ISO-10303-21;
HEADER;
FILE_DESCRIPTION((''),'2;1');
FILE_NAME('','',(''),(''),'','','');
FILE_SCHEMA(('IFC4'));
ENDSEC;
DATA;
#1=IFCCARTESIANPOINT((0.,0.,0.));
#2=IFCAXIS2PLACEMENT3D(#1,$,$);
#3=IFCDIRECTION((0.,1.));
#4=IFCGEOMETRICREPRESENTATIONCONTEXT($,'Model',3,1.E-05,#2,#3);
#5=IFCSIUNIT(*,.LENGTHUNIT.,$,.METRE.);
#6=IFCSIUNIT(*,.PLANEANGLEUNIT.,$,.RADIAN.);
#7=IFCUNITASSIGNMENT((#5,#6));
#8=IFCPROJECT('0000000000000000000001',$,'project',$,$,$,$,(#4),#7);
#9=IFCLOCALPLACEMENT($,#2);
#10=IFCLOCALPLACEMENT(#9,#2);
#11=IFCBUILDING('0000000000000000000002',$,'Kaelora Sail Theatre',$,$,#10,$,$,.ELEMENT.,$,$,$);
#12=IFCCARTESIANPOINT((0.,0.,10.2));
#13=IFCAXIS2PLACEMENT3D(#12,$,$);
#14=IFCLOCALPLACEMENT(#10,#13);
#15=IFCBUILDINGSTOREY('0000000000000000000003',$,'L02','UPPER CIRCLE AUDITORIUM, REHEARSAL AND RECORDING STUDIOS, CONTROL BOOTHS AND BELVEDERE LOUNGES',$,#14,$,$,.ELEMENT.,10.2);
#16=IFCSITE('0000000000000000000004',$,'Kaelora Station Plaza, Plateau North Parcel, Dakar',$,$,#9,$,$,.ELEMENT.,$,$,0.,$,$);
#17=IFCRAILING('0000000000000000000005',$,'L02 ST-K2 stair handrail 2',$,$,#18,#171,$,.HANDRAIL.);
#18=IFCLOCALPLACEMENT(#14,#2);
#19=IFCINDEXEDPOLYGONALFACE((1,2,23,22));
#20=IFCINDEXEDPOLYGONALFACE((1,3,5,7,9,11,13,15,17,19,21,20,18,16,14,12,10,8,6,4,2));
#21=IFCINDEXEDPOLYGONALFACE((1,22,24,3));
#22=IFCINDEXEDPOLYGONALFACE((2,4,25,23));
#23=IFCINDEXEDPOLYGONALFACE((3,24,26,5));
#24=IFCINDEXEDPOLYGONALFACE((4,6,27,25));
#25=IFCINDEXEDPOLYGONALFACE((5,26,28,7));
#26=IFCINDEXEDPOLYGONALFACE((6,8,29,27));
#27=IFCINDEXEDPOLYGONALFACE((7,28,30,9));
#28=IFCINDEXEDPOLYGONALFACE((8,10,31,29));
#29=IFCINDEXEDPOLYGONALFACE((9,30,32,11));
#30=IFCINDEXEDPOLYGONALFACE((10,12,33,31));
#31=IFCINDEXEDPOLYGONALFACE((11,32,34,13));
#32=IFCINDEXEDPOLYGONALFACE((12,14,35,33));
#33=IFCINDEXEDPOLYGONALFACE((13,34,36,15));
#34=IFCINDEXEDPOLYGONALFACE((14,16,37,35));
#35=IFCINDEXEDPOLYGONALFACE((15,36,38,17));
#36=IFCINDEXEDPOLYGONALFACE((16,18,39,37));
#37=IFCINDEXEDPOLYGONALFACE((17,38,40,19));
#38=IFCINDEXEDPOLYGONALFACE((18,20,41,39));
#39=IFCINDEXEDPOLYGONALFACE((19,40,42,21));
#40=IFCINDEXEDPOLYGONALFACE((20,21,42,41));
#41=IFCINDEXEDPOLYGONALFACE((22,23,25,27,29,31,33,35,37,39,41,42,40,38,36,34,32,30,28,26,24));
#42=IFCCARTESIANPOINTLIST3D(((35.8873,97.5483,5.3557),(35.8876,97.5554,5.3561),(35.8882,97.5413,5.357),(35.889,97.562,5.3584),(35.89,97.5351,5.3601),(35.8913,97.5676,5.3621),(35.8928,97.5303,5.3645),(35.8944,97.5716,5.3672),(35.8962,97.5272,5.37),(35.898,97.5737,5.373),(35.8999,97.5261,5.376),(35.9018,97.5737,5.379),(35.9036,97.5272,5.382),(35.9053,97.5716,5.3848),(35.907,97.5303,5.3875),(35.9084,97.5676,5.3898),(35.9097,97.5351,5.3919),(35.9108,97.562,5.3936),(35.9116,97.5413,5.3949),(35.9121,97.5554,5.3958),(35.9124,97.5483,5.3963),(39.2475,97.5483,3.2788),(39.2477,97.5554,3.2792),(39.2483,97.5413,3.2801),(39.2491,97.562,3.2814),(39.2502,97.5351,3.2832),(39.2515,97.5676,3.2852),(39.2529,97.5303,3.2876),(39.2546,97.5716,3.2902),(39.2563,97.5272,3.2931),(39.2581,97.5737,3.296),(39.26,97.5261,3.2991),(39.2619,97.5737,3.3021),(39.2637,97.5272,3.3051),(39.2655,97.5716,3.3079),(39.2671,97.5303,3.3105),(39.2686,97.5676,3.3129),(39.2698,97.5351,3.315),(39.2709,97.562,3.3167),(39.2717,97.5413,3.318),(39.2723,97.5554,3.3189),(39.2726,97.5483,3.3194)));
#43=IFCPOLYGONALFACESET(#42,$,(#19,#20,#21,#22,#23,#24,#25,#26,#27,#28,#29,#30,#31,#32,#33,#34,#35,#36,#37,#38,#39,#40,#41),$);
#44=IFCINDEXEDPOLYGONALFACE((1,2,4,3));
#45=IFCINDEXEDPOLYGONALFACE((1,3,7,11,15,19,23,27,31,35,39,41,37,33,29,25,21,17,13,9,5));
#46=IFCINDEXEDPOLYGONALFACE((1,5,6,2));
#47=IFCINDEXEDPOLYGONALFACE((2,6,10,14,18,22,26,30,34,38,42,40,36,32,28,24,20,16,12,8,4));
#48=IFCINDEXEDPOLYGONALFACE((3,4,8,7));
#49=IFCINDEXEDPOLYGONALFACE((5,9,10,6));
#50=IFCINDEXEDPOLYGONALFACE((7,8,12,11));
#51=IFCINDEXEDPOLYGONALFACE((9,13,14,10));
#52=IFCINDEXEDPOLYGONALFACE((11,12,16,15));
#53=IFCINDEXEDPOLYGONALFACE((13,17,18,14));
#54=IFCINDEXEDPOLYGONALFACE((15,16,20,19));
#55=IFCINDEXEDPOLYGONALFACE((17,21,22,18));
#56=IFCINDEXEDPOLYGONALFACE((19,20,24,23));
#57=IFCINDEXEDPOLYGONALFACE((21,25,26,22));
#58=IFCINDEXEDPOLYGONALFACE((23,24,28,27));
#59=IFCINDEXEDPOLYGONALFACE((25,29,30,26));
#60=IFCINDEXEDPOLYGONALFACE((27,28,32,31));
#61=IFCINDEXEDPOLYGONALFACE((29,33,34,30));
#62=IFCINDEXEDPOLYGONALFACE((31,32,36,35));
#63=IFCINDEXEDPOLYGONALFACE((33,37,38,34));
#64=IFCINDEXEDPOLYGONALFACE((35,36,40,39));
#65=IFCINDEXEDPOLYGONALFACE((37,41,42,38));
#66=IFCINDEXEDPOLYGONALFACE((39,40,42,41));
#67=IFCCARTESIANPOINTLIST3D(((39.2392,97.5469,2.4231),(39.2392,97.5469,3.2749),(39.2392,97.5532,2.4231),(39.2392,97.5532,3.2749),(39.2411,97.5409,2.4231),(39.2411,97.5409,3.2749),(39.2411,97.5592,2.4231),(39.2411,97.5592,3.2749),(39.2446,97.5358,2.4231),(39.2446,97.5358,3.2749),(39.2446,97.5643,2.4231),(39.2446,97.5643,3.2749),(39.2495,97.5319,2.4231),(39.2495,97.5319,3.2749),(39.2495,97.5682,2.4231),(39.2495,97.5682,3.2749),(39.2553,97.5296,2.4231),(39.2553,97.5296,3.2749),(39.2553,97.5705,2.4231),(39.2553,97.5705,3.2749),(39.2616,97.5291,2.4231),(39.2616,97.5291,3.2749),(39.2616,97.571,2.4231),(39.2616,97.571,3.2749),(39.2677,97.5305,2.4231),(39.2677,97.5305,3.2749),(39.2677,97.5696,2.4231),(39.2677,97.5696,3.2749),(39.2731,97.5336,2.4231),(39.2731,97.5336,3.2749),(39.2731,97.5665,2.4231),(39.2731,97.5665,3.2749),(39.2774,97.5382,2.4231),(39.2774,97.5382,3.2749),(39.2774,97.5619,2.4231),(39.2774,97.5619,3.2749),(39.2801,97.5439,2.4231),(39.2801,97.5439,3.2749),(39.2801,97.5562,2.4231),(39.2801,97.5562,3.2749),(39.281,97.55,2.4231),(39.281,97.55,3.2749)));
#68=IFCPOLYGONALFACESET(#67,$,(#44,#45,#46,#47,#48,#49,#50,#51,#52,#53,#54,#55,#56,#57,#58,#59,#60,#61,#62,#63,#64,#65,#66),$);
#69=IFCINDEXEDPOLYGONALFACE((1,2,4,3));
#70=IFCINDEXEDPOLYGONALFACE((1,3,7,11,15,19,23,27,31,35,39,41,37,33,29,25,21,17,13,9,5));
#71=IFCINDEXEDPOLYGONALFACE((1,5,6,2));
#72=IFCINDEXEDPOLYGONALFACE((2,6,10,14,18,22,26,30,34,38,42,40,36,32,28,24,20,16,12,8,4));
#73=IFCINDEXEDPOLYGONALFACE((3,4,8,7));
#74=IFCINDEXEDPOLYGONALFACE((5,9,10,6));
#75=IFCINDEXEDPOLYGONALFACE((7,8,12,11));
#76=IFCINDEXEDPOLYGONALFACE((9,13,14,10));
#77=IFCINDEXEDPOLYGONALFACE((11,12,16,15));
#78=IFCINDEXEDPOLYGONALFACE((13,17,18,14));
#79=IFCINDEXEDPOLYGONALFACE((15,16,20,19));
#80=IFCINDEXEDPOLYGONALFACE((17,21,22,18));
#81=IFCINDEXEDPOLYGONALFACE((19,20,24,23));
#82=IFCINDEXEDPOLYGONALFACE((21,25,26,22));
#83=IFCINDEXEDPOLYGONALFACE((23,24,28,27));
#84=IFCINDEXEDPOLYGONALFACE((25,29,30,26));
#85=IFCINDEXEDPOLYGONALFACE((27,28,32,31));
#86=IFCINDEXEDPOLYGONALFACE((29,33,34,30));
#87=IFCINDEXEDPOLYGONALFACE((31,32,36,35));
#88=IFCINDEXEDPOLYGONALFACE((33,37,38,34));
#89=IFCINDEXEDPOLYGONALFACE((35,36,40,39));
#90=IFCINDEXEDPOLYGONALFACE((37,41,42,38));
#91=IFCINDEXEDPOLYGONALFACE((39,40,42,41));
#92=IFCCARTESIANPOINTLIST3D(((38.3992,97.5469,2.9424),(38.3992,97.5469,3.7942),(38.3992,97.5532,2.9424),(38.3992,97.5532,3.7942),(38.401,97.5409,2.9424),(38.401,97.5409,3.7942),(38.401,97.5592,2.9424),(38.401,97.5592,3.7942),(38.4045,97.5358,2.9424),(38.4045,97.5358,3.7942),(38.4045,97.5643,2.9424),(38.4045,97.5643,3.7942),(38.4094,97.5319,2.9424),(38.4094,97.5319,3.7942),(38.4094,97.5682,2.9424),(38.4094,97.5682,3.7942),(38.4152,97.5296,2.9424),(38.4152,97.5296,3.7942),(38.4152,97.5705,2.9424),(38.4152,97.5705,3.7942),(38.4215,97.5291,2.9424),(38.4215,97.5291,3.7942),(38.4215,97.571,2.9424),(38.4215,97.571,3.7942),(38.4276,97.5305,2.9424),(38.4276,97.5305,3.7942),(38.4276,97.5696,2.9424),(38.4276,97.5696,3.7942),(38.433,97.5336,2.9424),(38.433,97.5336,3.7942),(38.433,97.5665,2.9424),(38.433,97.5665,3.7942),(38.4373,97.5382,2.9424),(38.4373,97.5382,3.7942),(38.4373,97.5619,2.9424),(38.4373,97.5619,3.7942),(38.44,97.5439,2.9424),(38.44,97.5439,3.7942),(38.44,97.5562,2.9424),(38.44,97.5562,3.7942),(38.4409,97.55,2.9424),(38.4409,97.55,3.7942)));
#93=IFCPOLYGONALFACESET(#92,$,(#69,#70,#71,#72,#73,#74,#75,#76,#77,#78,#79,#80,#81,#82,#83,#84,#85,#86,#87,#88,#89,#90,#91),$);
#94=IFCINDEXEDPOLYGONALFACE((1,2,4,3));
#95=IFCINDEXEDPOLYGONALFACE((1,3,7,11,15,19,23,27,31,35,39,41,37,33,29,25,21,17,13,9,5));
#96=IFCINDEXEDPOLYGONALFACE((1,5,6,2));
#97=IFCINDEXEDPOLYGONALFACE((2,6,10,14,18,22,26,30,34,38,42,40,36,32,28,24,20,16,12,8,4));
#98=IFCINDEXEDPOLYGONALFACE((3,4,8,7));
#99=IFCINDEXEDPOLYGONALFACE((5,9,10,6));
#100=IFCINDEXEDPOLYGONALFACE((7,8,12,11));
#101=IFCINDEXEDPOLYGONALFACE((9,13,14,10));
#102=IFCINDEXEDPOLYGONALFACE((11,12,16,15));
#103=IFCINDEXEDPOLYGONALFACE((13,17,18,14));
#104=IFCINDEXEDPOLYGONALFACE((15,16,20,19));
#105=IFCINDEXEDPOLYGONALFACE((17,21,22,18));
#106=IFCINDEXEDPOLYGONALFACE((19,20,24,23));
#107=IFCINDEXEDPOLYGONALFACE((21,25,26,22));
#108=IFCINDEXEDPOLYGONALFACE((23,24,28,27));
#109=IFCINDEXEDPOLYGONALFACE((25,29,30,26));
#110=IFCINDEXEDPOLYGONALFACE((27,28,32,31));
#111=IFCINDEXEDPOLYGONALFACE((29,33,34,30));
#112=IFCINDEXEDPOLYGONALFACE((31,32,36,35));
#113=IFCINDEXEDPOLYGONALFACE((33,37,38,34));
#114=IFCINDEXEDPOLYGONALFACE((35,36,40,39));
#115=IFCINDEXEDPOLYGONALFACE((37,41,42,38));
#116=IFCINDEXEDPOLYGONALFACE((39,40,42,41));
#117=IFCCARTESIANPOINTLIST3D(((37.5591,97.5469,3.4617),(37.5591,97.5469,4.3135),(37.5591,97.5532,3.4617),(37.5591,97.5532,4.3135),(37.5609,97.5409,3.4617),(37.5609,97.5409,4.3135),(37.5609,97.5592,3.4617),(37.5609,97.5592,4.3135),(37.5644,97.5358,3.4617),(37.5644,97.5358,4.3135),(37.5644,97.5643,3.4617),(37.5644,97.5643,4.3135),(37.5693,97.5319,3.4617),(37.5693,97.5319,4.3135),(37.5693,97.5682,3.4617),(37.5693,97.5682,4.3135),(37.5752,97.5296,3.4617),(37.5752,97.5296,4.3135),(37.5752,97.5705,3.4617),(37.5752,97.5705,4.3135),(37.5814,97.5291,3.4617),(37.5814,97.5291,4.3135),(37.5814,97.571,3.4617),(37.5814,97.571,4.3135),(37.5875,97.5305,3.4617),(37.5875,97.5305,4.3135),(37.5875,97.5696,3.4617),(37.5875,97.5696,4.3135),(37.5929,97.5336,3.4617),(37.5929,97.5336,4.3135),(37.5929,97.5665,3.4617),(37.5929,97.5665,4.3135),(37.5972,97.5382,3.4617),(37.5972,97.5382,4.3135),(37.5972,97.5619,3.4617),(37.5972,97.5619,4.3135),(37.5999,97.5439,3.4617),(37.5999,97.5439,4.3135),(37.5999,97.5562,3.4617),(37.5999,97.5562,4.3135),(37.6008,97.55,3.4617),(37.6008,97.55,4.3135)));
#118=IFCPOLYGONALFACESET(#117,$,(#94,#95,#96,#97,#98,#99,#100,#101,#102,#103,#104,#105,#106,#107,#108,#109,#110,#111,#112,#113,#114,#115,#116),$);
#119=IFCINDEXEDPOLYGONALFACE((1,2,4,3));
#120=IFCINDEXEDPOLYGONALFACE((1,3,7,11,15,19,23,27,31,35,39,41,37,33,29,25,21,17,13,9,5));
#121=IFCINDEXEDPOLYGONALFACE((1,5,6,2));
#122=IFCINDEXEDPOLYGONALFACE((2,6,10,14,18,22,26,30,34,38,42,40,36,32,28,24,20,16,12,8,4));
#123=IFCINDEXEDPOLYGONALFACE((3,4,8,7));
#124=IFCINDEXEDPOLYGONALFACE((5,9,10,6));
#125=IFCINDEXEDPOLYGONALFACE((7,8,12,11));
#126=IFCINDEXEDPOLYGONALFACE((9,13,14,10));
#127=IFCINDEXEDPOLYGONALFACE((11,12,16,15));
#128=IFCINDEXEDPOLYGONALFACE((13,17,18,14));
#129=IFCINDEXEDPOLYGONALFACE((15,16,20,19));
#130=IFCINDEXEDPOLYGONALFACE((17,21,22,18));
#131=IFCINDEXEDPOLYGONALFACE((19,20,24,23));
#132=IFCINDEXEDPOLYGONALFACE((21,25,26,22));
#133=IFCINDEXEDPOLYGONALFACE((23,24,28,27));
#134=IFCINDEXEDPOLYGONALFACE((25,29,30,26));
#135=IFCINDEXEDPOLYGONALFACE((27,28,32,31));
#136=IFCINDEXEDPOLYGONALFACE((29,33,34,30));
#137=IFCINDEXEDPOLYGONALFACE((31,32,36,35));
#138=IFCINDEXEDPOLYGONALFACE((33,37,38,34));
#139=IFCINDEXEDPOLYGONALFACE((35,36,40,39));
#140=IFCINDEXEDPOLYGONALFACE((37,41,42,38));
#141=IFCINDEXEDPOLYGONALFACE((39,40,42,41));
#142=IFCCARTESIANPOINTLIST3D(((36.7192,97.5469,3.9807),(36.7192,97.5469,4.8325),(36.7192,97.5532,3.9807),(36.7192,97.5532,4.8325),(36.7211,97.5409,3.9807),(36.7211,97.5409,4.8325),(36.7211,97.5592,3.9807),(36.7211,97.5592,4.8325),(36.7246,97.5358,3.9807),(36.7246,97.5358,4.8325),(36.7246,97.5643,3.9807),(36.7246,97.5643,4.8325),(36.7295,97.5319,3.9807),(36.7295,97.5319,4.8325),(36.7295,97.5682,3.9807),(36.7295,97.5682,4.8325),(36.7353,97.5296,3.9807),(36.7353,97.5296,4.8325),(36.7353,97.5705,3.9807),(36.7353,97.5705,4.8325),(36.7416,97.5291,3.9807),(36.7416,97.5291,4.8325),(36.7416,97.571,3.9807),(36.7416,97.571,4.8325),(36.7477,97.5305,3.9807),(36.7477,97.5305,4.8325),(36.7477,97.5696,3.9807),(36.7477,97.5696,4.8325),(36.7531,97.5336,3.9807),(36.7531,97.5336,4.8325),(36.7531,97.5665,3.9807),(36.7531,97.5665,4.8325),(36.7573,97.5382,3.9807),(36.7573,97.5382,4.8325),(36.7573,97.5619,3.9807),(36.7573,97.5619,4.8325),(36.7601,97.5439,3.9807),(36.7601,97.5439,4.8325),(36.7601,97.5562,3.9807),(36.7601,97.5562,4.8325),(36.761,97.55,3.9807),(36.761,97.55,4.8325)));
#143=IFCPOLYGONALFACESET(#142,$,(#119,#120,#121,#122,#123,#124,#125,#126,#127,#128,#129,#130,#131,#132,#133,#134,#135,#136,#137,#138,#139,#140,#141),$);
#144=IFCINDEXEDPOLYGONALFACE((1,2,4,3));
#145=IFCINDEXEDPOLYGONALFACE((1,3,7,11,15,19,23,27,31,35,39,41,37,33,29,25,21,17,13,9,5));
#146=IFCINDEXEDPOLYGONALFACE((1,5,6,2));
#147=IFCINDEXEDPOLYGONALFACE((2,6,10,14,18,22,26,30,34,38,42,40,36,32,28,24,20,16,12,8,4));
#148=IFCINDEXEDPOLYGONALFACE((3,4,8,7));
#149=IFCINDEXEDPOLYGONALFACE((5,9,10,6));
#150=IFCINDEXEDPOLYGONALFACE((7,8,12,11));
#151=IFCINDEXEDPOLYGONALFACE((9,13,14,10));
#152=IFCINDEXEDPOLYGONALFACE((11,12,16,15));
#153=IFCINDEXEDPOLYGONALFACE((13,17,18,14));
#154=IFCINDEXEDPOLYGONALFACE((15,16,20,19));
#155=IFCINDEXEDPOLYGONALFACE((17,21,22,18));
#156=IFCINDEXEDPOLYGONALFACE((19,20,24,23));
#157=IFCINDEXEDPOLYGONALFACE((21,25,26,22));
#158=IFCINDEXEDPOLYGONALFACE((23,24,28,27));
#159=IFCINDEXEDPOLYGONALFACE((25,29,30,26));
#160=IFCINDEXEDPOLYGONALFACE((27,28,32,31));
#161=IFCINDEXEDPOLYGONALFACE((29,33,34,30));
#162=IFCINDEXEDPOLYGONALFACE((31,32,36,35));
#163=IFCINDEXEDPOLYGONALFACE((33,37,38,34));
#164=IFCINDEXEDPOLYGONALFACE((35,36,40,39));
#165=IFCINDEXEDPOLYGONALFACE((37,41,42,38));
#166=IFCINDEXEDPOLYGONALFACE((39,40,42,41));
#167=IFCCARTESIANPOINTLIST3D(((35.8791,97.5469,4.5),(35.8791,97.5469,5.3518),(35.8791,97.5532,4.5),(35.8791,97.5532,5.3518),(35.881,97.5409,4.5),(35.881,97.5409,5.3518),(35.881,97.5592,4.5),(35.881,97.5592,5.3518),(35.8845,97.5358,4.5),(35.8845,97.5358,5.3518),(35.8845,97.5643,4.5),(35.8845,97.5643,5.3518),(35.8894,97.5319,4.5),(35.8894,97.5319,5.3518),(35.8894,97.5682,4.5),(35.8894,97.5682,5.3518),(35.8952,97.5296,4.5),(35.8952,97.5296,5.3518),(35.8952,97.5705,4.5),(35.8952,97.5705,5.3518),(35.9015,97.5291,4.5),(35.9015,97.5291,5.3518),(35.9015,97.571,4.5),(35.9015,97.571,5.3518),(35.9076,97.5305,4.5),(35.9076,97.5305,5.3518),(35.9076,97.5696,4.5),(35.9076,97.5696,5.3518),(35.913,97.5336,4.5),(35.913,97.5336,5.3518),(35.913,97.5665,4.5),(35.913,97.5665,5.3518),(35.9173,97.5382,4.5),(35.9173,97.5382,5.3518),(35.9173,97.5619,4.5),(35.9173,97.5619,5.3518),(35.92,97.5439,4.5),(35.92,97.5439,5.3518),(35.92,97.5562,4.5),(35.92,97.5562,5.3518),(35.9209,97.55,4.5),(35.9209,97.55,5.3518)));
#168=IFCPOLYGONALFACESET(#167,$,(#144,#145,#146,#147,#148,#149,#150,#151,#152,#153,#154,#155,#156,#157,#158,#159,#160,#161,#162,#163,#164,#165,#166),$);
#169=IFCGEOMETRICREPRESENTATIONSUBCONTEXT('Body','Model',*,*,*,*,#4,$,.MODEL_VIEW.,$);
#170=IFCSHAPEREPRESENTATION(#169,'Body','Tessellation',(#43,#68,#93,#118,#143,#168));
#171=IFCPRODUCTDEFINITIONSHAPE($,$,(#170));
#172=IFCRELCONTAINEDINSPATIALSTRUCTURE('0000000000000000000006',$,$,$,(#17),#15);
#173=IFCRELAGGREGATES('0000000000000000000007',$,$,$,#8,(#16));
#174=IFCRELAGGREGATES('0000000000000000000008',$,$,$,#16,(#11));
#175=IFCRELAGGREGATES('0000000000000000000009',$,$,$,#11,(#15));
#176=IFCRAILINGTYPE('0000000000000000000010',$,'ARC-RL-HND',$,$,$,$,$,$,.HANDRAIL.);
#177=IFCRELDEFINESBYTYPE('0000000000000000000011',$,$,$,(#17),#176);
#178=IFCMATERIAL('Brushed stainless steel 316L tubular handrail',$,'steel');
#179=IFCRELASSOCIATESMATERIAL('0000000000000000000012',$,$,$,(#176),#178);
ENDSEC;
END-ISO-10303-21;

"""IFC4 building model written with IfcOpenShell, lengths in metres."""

from ifc_helpers import new_model, si_unit, direction, frame, origin, origin_2d, place, context, subcontext, project, spatial, circle, extrude, material, type_object, element, save


model = new_model("IFC4")

# Units and contexts
model_context = context("Model", 3, precision=1e-05, world=origin(), true_north=direction((0.0, 1.0)))
body_context = subcontext(model_context, "Body", "Model", "MODEL_VIEW")
ifc_project = project(units=[si_unit("LENGTHUNIT", "METRE"), si_unit("PLANEANGLEUNIT", "RADIAN")], contexts=[model_context])

# Site, building, storey
site_placement = place(None, origin())
site = spatial("IfcSite", under=ifc_project, at=site_placement, Name="Kaelora Station Plaza, Plateau North Parcel, Dakar", CompositionType="ELEMENT", RefElevation=0.0)
building_placement = place(site_placement, origin())
building = spatial("IfcBuilding", under=site, at=building_placement, Name="Kaelora Sail Theatre", CompositionType="ELEMENT")
storey_placement = place(building_placement, frame((0.0, 0.0, 10.2)))
storey = spatial("IfcBuildingStorey", under=building, at=storey_placement, Name="L02", Description="UPPER CIRCLE AUDITORIUM, REHEARSAL AND RECORDING STUDIOS, CONTROL BOOTHS AND BELVEDERE LOUNGES", CompositionType="ELEMENT", Elevation=10.2)

# Railing
ifc_material_1 = material(Name="Brushed stainless steel 316L tubular handrail", Category="steel")
railing_type_1 = type_object("IfcRailingType", Name="ARC-RL-HND", PredefinedType="HANDRAIL", material=ifc_material_1)
railing_1_placement = place(storey_placement, frame((39.26, 97.55, 2.4231)))
element("IfcRailing", 1, at=railing_1_placement, inside=storey, type_object=railing_type_1, Name="L02 ST-K2 stair handrail 2", PredefinedType="HANDRAIL", context=body_context, shape_type="SweptSolid", body=[
    extrude(circle(Radius=0.0239, at=origin_2d()), frame((0.0, 0.0, 0.876), z_axis=(-0.850623, 0.0, 0.525776), x_axis=(0.0, -1.0, 0.0)), (0.0, 0.0, 1.0), 3.9502),
    extrude(circle(Radius=0.021, at=origin_2d()), origin(), (0.0, 0.0, 1.0), 0.8518),
    extrude(circle(Radius=0.021, at=origin_2d()), frame((-0.8401, 0.0, 0.5193)), (0.0, 0.0, 1.0), 0.8518),
    extrude(circle(Radius=0.021, at=origin_2d()), frame((-1.6802, 0.0, 1.0386)), (0.0, 0.0, 1.0), 0.8518),
    extrude(circle(Radius=0.021, at=origin_2d()), frame((-2.52, 0.0, 1.5576)), (0.0, 0.0, 1.0), 0.8518),
    extrude(circle(Radius=0.021, at=origin_2d()), frame((-3.3601, 0.0, 2.0769)), (0.0, 0.0, 1.0), 0.8518),
])

save(model, "model.ifc")
